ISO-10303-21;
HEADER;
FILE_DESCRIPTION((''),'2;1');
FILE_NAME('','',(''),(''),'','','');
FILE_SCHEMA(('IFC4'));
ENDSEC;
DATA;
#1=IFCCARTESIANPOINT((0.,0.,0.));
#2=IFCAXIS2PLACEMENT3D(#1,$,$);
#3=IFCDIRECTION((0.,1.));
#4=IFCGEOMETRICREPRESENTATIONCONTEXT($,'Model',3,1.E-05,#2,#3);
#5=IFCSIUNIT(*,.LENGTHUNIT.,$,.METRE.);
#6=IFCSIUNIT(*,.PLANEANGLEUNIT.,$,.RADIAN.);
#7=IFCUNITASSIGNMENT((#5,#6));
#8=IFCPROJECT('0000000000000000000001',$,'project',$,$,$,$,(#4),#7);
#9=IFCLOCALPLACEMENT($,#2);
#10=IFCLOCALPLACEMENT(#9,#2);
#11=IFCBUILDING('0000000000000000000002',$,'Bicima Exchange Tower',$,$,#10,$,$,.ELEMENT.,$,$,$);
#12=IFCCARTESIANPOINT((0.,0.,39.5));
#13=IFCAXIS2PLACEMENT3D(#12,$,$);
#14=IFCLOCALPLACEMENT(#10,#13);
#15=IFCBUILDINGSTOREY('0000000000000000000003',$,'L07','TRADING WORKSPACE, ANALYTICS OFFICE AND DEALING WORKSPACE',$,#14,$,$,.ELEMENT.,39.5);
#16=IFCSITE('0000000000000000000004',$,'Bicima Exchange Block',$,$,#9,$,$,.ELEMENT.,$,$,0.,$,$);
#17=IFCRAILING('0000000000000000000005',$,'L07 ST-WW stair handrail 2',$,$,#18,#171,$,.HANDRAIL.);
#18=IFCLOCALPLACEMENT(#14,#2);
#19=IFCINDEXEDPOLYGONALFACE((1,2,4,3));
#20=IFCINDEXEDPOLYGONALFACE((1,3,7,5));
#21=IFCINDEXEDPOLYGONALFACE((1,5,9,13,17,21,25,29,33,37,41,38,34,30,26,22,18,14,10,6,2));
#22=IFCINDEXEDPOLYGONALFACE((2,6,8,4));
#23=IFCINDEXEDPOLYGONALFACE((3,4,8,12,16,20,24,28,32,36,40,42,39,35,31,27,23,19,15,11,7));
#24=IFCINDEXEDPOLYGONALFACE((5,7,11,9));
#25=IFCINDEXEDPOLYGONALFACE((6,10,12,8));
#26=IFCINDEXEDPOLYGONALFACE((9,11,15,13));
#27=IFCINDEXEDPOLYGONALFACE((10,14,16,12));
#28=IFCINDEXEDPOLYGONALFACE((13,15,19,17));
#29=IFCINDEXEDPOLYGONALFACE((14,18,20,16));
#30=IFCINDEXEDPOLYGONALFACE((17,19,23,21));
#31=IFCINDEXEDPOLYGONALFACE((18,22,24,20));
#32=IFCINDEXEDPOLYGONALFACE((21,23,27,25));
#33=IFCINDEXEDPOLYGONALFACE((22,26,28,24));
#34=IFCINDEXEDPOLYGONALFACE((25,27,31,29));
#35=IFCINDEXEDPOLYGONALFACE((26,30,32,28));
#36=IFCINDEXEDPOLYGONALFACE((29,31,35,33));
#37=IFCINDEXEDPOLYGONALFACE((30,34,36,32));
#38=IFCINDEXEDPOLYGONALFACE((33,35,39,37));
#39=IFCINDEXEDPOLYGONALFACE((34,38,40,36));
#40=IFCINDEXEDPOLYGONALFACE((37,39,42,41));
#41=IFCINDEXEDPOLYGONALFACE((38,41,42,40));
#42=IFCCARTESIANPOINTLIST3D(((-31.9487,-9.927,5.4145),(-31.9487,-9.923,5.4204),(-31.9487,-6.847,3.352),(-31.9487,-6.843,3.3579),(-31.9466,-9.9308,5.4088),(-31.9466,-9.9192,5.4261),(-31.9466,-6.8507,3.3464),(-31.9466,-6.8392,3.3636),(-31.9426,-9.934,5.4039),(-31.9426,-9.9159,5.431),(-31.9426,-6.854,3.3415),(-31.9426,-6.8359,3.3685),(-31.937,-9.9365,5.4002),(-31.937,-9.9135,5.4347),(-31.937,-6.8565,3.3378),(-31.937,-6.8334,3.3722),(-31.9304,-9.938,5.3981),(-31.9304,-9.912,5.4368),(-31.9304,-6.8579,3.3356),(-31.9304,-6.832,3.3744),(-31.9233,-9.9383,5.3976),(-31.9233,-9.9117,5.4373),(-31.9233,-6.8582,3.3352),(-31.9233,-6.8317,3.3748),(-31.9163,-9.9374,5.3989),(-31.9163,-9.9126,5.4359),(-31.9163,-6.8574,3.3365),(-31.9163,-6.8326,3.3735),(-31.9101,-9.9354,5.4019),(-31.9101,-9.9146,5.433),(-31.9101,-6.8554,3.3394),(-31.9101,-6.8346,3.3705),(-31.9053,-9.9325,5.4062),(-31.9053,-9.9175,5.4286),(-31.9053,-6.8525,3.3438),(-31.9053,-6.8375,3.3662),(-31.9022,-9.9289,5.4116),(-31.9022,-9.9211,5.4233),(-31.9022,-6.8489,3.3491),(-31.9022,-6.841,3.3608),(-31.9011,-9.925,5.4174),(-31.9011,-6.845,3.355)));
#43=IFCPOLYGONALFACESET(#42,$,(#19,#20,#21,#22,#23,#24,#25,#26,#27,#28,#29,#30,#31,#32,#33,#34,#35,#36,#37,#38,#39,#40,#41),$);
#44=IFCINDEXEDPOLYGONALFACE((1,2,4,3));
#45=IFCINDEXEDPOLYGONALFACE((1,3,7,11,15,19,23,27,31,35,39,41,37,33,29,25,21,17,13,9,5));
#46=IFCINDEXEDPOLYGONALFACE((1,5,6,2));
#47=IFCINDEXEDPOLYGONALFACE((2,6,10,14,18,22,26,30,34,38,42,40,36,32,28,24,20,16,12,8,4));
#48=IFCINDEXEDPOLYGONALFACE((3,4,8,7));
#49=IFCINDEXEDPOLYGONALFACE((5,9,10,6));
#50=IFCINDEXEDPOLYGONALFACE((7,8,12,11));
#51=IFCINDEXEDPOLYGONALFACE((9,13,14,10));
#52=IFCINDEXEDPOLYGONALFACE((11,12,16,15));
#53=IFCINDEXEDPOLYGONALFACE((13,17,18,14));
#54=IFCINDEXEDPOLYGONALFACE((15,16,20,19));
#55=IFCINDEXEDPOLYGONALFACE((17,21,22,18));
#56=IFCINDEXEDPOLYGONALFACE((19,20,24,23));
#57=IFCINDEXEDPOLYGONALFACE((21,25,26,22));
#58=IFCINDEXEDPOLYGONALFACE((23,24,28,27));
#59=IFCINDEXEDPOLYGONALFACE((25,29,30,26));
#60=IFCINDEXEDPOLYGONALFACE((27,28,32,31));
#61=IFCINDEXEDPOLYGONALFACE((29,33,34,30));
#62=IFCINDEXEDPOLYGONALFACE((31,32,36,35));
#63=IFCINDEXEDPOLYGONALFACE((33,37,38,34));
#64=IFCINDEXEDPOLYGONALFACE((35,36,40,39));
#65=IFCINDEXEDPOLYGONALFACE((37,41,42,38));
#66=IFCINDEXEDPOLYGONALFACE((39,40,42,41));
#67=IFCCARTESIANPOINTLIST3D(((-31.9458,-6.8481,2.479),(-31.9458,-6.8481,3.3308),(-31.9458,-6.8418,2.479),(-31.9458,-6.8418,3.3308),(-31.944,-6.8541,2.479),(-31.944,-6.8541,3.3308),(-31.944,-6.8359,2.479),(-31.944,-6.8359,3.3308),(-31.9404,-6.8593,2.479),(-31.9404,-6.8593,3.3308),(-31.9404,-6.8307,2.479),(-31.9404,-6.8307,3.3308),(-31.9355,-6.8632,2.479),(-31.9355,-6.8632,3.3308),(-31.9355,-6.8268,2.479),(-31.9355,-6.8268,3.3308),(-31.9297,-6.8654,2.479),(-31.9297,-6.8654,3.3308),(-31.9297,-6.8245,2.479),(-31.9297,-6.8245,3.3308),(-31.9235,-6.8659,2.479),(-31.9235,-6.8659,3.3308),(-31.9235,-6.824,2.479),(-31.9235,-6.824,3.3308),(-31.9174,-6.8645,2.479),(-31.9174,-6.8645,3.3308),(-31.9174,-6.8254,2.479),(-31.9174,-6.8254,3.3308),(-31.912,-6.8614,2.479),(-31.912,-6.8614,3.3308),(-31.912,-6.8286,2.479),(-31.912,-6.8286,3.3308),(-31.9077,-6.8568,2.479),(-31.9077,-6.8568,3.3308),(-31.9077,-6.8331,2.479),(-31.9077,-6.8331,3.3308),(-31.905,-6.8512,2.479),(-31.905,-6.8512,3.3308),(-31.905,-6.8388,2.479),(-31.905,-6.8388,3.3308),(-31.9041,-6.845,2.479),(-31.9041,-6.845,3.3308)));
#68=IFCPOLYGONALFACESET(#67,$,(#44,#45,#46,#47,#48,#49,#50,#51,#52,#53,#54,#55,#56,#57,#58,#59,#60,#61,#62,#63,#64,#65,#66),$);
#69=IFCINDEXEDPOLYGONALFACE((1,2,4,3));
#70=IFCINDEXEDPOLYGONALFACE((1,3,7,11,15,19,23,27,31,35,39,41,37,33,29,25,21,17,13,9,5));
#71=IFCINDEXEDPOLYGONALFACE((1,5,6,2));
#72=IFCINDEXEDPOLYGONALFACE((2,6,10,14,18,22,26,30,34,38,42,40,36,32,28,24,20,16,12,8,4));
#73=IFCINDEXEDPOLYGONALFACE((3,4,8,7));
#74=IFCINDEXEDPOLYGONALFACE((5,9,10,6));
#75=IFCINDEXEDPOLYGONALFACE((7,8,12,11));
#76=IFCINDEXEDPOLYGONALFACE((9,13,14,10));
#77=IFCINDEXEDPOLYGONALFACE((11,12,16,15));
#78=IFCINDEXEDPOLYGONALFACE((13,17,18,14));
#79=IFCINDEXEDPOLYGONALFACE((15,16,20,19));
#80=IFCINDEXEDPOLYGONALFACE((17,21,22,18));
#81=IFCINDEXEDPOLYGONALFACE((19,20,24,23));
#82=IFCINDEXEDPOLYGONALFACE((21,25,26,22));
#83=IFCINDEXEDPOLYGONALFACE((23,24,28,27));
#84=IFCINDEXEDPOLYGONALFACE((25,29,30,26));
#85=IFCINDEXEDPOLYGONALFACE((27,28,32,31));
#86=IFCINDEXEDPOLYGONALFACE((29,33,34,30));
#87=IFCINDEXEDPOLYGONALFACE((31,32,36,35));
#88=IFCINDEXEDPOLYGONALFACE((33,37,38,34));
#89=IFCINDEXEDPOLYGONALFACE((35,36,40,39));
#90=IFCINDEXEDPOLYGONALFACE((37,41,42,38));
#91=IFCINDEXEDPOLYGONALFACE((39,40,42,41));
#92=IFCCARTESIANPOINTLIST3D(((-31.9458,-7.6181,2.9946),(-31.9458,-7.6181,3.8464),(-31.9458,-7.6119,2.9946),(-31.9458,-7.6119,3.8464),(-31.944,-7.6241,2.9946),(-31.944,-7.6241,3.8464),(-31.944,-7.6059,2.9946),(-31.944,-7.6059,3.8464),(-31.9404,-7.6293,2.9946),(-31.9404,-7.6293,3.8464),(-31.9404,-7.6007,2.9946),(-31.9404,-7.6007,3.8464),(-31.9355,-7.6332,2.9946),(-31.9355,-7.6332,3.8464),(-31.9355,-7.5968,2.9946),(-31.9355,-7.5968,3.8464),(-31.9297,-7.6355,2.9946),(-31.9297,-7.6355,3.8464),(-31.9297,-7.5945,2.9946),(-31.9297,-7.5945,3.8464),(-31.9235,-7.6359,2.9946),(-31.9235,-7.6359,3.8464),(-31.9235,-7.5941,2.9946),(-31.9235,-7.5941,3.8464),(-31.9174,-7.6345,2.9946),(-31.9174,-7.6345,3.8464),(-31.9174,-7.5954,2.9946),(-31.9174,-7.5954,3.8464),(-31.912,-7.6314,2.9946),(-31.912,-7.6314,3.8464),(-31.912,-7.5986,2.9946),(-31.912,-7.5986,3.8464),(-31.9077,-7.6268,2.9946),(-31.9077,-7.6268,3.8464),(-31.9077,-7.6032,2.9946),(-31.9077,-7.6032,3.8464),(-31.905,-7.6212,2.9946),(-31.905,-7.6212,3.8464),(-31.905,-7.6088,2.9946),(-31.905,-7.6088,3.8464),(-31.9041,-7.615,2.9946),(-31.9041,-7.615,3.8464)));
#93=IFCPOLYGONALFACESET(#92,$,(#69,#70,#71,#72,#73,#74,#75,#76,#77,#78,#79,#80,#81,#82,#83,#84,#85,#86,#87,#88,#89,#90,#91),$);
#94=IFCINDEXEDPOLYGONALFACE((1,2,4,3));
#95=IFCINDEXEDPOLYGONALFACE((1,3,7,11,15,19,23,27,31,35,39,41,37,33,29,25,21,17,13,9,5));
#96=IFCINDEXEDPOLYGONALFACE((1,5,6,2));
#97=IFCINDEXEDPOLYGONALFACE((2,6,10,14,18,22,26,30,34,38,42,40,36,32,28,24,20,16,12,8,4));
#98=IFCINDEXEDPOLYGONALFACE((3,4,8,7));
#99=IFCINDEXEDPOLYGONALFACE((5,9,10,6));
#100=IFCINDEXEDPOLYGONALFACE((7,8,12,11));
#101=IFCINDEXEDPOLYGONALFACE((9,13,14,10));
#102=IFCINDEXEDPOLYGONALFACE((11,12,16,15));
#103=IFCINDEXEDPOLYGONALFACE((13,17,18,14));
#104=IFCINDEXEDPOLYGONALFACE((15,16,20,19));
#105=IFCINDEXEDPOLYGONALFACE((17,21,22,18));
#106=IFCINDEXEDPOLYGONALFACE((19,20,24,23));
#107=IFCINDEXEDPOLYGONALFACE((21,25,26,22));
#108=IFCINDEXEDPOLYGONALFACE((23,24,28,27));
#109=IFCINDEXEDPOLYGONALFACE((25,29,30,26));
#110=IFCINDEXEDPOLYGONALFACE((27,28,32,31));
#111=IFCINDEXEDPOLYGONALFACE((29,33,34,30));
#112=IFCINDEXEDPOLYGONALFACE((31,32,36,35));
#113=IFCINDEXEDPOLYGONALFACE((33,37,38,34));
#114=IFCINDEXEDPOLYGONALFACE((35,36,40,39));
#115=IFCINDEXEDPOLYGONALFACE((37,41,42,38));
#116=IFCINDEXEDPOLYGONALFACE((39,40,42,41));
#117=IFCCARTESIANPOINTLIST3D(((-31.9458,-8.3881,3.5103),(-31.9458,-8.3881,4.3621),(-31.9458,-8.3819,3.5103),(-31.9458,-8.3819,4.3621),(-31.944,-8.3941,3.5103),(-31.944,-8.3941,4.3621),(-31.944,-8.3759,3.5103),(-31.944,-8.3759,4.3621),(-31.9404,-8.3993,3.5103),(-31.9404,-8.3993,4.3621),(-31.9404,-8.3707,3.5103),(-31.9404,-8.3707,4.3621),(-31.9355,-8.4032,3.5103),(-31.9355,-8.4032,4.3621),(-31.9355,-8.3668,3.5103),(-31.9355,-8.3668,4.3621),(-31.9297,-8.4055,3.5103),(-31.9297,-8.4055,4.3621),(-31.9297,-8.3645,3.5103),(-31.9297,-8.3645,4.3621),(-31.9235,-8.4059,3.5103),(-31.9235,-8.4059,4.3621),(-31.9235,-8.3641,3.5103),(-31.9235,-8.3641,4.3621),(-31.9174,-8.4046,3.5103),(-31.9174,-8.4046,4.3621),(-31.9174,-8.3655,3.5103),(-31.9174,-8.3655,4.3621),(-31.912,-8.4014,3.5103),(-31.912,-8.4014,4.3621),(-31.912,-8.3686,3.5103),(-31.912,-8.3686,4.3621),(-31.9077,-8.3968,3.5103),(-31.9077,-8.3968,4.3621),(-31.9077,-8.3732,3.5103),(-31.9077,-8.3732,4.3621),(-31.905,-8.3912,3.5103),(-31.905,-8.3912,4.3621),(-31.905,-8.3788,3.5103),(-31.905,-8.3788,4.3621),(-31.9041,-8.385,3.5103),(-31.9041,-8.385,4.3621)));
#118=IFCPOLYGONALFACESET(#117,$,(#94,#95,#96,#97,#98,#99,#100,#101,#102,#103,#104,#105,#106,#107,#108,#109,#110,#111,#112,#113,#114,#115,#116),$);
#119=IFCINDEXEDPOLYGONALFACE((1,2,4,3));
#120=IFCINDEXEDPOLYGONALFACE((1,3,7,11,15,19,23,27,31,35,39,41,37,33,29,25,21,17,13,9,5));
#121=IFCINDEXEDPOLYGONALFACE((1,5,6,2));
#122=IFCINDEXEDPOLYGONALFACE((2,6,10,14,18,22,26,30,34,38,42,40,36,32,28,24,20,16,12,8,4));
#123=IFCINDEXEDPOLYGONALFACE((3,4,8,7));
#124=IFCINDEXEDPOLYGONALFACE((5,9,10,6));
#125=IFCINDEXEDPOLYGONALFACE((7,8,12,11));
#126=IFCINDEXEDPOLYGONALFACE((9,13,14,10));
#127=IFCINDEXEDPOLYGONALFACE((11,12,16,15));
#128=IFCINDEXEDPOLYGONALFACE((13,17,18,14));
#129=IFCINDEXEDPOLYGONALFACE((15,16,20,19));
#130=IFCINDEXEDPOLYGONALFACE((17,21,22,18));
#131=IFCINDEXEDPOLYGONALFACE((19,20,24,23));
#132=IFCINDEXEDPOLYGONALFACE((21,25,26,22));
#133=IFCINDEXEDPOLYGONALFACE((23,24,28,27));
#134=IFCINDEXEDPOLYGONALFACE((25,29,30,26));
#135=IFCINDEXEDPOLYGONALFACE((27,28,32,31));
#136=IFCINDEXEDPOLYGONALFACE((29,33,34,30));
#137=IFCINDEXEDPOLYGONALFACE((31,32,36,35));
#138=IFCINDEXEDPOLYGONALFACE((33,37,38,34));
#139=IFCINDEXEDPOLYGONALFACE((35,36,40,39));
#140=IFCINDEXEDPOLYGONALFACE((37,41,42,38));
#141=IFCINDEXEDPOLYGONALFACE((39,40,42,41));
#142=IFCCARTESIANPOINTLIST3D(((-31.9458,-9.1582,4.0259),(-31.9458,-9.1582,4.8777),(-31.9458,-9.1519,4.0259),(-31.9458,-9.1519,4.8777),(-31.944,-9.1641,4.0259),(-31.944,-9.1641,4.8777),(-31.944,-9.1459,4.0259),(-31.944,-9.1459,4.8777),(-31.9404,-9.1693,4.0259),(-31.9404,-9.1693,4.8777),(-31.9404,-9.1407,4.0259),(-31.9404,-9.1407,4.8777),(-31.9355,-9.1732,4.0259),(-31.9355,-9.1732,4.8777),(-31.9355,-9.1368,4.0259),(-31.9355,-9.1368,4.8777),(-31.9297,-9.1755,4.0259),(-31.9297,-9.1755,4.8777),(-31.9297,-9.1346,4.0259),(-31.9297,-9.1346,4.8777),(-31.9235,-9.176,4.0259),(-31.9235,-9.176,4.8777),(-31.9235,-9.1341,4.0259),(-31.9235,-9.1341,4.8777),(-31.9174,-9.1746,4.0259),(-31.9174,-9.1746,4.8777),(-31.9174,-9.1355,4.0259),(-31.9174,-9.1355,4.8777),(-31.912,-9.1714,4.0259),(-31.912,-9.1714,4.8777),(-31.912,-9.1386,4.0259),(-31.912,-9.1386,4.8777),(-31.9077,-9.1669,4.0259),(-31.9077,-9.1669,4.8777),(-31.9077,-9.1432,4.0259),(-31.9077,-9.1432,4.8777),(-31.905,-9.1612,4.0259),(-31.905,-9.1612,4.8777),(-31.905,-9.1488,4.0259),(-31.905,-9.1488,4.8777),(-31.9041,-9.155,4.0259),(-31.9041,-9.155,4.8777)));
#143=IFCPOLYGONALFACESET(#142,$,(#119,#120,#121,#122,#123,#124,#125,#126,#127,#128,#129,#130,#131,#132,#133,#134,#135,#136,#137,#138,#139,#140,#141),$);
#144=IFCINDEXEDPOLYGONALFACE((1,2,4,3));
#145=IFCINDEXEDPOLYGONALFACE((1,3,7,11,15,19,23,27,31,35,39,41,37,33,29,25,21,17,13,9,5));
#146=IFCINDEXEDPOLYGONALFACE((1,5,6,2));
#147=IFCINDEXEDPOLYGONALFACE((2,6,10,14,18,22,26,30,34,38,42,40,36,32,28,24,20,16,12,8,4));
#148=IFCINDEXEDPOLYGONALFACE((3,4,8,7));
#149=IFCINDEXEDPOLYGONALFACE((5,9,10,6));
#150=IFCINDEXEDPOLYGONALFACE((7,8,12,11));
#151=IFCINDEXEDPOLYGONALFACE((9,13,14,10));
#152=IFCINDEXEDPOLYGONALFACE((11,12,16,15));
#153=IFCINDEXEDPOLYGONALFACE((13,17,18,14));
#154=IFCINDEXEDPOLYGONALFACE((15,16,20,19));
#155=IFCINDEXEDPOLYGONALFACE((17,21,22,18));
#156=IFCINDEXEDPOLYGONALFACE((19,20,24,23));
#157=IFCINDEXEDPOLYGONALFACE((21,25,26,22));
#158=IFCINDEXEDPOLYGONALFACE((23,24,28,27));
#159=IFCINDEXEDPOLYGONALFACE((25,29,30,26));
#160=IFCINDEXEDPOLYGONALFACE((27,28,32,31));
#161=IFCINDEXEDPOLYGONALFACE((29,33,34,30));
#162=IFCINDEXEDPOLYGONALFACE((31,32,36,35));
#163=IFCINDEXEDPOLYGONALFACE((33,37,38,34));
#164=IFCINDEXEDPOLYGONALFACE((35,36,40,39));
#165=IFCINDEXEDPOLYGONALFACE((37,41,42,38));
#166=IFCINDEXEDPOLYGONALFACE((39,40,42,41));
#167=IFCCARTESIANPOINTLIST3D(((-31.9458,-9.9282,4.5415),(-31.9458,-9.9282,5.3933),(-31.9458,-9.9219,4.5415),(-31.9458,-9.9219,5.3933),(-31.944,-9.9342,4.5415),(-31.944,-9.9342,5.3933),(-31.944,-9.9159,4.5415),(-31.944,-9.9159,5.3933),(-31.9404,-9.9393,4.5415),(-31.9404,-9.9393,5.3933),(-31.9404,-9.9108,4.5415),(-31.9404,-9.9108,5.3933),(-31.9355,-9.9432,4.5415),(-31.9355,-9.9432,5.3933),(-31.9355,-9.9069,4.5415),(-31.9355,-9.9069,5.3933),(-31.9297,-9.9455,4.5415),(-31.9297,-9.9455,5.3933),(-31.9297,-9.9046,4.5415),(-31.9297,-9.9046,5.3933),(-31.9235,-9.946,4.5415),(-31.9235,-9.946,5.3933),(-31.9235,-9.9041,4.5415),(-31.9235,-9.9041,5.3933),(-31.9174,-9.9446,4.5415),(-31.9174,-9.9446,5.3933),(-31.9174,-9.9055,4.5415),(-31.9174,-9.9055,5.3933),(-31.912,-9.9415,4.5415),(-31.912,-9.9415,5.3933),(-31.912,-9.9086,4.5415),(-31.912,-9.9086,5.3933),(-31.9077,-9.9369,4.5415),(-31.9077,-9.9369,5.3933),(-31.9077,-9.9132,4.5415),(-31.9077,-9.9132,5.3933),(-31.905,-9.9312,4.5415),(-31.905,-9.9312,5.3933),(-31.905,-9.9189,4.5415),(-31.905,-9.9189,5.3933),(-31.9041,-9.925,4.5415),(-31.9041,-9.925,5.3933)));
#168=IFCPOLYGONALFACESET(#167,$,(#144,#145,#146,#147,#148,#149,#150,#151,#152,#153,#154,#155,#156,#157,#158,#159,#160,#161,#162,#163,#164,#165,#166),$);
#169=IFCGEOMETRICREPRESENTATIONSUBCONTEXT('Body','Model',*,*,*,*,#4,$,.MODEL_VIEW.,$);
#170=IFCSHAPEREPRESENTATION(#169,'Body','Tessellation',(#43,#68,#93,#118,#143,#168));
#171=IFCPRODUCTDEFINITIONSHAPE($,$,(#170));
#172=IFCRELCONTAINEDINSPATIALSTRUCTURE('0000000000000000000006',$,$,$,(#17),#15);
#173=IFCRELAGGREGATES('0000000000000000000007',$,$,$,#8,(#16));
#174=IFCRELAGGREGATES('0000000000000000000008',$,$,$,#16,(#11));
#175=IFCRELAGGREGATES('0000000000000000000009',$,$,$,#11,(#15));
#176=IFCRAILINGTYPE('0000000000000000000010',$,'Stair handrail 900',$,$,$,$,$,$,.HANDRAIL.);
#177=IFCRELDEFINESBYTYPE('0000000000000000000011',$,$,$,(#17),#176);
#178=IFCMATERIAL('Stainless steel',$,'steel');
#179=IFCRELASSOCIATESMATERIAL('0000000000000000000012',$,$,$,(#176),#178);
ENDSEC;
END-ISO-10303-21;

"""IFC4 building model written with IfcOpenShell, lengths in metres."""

from ifc_helpers import new_model, si_unit, direction, frame, origin, origin_2d, place, context, subcontext, project, spatial, circle, extrude, material, type_object, element, save


model = new_model("IFC4")

# Units and contexts
model_context = context("Model", 3, precision=1e-05, world=origin(), true_north=direction((0.0, 1.0)))
body_context = subcontext(model_context, "Body", "Model", "MODEL_VIEW")
ifc_project = project(units=[si_unit("LENGTHUNIT", "METRE"), si_unit("PLANEANGLEUNIT", "RADIAN")], contexts=[model_context])

# Site, building, storey
site_placement = place(None, origin())
site = spatial("IfcSite", under=ifc_project, at=site_placement, Name="Bicima Exchange Block", CompositionType="ELEMENT", RefElevation=0.0)
building_placement = place(site_placement, origin())
building = spatial("IfcBuilding", under=site, at=building_placement, Name="Bicima Exchange Tower", CompositionType="ELEMENT")
storey_placement = place(building_placement, frame((0.0, 0.0, 39.5)))
storey = spatial("IfcBuildingStorey", under=building, at=storey_placement, Name="L07", Description="TRADING WORKSPACE, ANALYTICS OFFICE AND DEALING WORKSPACE", CompositionType="ELEMENT", Elevation=39.5)

# Railing
ifc_material_1 = material(Name="Stainless steel", Category="steel")
railing_type = type_object("IfcRailingType", Name="Stair handrail 900", PredefinedType="HANDRAIL", material=ifc_material_1)
railing_placement = place(storey_placement, frame((-31.925, -6.845, 2.479)))
element("IfcRailing", 1, at=railing_placement, inside=storey, type_object=railing_type, Name="L07 ST-WW stair handrail 2", PredefinedType="HANDRAIL", context=body_context, shape_type="SweptSolid", body=[
    extrude(circle(Radius=0.0239, at=origin_2d()), frame((0.0, 0.0, 0.876), z_axis=(0.0, -0.830914, 0.556401), x_axis=(1.0, 0.0, 0.0)), (0.0, 0.0, 1.0), 3.7068),
    extrude(circle(Radius=0.021, at=origin_2d()), origin(), (0.0, 0.0, 1.0), 0.8518),
    extrude(circle(Radius=0.021, at=origin_2d()), frame((0.0, -0.77, 0.5156)), (0.0, 0.0, 1.0), 0.8518),
    extrude(circle(Radius=0.021, at=origin_2d()), frame((0.0, -1.54, 1.0312)), (0.0, 0.0, 1.0), 0.8518),
    extrude(circle(Radius=0.021, at=origin_2d()), frame((0.0, -2.3101, 1.5469)), (0.0, 0.0, 1.0), 0.8518),
    extrude(circle(Radius=0.021, at=origin_2d()), frame((0.0, -3.0801, 2.0625)), (0.0, 0.0, 1.0), 0.8518),
])

save(model, "model.ifc")
